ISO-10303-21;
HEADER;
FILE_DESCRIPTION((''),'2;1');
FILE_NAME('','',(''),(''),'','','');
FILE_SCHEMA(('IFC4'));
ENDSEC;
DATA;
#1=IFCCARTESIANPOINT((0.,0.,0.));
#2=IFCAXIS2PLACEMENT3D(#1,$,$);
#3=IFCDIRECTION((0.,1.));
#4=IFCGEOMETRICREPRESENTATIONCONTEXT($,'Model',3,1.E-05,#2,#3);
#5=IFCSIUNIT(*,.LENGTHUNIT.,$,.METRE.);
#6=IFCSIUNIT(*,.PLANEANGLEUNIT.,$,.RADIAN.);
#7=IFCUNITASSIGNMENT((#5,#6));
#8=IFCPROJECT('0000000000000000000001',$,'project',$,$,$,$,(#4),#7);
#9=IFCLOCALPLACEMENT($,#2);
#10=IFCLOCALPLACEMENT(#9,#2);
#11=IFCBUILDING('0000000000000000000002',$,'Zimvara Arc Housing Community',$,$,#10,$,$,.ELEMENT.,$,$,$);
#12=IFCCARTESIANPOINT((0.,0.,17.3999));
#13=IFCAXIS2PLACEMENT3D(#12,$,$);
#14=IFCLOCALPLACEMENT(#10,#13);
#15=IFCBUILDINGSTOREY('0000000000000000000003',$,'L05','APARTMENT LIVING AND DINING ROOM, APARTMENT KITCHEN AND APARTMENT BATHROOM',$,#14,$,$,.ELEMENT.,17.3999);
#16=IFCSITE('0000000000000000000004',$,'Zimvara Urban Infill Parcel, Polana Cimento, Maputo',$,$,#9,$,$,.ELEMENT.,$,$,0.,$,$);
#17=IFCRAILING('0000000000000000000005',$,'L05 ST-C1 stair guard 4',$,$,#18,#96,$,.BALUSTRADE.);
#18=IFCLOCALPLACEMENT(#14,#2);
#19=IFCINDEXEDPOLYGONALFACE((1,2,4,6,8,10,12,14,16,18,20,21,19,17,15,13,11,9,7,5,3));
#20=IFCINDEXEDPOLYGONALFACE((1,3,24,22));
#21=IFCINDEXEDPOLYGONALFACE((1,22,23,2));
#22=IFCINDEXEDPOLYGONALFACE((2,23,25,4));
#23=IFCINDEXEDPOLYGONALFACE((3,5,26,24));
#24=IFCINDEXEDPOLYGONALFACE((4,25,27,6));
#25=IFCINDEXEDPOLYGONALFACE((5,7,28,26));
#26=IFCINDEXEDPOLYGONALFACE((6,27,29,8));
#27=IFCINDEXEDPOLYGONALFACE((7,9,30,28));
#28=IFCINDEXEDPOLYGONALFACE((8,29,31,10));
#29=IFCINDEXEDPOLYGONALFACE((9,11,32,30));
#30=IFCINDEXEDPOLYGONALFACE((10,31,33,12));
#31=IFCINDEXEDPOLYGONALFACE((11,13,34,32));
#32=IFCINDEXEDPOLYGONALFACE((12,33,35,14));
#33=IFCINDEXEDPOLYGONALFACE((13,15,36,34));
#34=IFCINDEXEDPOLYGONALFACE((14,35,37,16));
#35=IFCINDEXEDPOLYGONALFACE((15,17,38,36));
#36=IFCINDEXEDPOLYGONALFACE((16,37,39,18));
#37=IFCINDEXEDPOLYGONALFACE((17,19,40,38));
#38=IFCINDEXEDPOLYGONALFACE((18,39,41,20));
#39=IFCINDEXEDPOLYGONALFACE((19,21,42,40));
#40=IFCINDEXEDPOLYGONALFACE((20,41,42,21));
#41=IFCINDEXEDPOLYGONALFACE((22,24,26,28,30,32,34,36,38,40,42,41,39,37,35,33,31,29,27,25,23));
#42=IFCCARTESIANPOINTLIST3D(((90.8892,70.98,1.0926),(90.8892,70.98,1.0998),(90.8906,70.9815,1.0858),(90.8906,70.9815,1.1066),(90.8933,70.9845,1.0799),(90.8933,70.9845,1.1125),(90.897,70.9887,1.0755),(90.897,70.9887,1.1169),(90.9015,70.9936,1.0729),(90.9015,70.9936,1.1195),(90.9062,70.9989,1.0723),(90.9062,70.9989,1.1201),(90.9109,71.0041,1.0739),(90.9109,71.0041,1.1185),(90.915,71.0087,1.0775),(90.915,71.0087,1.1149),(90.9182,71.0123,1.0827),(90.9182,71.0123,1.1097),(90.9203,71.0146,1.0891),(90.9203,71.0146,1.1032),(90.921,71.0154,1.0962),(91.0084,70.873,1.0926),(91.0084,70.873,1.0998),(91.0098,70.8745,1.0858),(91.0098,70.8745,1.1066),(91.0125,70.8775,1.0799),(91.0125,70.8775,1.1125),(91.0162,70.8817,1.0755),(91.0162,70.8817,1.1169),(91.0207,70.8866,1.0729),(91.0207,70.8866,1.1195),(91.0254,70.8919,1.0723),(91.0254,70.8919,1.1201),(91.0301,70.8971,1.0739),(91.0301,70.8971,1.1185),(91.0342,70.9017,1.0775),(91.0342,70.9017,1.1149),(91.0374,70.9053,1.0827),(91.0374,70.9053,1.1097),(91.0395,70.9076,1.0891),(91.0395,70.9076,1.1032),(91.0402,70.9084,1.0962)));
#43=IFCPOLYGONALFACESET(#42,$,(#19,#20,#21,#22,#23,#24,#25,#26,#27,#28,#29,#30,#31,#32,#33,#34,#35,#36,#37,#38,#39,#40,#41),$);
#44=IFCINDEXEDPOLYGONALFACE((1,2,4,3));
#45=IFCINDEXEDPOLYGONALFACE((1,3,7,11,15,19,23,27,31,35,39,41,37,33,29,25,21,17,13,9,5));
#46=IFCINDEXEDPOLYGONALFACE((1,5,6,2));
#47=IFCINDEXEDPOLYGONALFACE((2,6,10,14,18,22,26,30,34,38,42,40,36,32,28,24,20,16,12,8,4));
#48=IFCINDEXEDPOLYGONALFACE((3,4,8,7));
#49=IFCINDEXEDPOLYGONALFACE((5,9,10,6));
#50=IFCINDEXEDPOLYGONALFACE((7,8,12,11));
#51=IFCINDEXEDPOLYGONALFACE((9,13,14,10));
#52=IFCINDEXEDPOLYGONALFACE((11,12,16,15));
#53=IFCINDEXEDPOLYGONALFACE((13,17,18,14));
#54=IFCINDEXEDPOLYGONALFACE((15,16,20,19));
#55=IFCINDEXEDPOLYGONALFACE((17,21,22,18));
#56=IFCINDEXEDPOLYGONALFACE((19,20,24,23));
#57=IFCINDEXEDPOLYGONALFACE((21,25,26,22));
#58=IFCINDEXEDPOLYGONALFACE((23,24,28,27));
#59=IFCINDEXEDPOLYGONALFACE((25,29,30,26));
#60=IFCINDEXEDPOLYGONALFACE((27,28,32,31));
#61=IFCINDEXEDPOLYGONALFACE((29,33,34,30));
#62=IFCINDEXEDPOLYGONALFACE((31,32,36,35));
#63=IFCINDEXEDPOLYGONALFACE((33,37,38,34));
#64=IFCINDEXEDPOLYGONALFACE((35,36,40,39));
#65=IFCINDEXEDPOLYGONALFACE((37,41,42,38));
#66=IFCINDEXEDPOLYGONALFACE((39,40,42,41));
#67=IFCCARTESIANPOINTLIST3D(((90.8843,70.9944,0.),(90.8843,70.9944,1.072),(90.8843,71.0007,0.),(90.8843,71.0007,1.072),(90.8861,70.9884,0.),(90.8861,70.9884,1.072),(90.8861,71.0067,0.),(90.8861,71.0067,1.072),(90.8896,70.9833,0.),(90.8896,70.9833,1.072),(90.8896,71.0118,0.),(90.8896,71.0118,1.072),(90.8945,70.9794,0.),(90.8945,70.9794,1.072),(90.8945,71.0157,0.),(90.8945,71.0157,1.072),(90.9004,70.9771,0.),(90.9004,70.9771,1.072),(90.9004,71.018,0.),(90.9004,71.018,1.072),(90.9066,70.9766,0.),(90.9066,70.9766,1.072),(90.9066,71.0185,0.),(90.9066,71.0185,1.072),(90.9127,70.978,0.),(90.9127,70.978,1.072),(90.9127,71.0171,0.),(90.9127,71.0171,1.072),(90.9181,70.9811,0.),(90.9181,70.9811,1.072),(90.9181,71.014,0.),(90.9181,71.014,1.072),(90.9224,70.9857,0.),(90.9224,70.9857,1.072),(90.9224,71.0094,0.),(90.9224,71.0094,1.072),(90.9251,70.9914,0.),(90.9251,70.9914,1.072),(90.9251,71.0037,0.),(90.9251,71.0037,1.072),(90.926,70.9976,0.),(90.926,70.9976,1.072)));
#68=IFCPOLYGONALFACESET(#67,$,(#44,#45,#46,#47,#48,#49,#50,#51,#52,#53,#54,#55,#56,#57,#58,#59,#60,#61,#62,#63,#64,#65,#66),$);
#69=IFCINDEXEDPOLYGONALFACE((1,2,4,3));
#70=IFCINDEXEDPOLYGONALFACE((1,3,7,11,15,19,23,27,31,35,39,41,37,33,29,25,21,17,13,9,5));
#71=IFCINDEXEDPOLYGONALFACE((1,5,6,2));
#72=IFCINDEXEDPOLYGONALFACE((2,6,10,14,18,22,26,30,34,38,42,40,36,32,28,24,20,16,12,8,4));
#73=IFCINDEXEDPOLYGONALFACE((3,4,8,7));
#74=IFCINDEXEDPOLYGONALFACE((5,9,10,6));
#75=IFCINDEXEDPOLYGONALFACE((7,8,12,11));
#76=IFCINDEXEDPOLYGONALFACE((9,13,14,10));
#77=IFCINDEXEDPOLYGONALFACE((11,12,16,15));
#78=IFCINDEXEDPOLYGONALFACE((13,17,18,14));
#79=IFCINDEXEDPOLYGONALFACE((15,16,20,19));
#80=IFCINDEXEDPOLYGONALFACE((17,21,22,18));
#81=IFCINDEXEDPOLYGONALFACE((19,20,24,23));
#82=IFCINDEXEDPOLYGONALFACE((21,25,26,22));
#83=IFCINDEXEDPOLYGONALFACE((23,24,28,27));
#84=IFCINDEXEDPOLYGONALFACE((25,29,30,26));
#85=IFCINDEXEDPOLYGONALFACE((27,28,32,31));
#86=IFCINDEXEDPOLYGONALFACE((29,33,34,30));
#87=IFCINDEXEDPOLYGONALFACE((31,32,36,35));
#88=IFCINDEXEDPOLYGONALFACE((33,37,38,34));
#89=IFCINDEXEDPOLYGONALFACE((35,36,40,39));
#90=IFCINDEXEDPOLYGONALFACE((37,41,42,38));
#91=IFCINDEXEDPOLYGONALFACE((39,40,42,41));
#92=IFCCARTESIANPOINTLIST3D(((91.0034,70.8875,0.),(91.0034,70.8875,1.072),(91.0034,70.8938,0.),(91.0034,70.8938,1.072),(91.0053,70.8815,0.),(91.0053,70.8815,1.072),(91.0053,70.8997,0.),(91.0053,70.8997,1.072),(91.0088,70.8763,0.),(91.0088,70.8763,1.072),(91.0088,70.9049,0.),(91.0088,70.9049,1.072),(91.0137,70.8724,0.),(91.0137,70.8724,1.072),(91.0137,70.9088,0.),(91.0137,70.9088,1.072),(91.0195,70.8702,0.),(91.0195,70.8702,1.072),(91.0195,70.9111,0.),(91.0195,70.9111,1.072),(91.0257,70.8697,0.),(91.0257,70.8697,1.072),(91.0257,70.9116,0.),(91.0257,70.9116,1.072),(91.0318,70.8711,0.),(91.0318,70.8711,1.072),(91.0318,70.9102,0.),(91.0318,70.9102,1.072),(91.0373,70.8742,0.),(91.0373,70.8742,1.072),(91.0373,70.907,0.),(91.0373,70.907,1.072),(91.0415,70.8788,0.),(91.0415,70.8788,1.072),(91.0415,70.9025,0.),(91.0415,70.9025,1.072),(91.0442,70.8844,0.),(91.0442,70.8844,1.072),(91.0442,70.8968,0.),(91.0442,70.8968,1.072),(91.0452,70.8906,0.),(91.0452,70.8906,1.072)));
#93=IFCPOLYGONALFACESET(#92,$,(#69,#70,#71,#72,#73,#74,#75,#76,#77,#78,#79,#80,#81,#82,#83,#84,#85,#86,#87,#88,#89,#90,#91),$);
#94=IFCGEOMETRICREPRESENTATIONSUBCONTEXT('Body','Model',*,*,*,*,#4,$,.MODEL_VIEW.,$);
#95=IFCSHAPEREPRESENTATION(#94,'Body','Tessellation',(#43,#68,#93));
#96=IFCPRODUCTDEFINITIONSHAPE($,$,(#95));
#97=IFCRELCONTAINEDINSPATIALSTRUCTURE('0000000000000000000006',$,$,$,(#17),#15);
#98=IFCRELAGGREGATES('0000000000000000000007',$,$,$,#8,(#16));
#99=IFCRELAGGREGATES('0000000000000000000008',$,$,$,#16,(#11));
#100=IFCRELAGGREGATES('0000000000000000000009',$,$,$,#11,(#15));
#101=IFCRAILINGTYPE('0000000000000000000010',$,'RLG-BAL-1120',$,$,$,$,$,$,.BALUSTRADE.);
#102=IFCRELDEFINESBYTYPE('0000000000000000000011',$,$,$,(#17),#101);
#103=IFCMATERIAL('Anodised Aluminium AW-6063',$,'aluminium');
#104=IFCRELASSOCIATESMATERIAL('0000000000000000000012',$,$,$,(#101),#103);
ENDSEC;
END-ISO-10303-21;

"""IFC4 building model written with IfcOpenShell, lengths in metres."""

from ifc_helpers import new_model, si_unit, direction, frame, origin, origin_2d, place, context, subcontext, project, spatial, circle, extrude, material, type_object, element, save


model = new_model("IFC4")

# Units and contexts
model_context = context("Model", 3, precision=1e-05, world=origin(), true_north=direction((0.0, 1.0)))
body_context = subcontext(model_context, "Body", "Model", "MODEL_VIEW")
ifc_project = project(units=[si_unit("LENGTHUNIT", "METRE"), si_unit("PLANEANGLEUNIT", "RADIAN")], contexts=[model_context])

# Site, building, storey
site_placement = place(None, origin())
site = spatial("IfcSite", under=ifc_project, at=site_placement, Name="Zimvara Urban Infill Parcel, Polana Cimento, Maputo", CompositionType="ELEMENT", RefElevation=0.0)
building_placement = place(site_placement, origin())
building = spatial("IfcBuilding", under=site, at=building_placement, Name="Zimvara Arc Housing Community", CompositionType="ELEMENT")
storey_placement = place(building_placement, frame((0.0, 0.0, 17.3999)))
storey = spatial("IfcBuildingStorey", under=building, at=storey_placement, Name="L05", Description="APARTMENT LIVING AND DINING ROOM, APARTMENT KITCHEN AND APARTMENT BATHROOM", CompositionType="ELEMENT", Elevation=17.3999)

# Railing
ifc_material_1 = material(Name="Anodised Aluminium AW-6063", Category="aluminium")
railing_type = type_object("IfcRailingType", Name="RLG-BAL-1120", PredefinedType="BALUSTRADE", material=ifc_material_1)
railing_placement = place(storey_placement, frame((90.905, 70.9976, 0.0)))
element("IfcRailing", 1, at=railing_placement, inside=storey, type_object=railing_type, Name="L05 ST-C1 stair guard 4", PredefinedType="BALUSTRADE", context=body_context, shape_type="SweptSolid", body=[
    extrude(circle(Radius=0.0239, at=origin_2d()), frame((0.0, 0.0, 1.0962), z_axis=(0.744203, -0.667953, 0.0), x_axis=(0.667953, 0.744203, 0.0)), (0.0, 0.0, 1.0), 0.1602),
    extrude(circle(Radius=0.021, at=origin_2d()), origin(), (0.0, 0.0, 1.0), 1.072),
    extrude(circle(Radius=0.021, at=origin_2d()), frame((0.1191, -0.1069, 0.0)), (0.0, 0.0, 1.0), 1.072),
])

save(model, "model.ifc")
